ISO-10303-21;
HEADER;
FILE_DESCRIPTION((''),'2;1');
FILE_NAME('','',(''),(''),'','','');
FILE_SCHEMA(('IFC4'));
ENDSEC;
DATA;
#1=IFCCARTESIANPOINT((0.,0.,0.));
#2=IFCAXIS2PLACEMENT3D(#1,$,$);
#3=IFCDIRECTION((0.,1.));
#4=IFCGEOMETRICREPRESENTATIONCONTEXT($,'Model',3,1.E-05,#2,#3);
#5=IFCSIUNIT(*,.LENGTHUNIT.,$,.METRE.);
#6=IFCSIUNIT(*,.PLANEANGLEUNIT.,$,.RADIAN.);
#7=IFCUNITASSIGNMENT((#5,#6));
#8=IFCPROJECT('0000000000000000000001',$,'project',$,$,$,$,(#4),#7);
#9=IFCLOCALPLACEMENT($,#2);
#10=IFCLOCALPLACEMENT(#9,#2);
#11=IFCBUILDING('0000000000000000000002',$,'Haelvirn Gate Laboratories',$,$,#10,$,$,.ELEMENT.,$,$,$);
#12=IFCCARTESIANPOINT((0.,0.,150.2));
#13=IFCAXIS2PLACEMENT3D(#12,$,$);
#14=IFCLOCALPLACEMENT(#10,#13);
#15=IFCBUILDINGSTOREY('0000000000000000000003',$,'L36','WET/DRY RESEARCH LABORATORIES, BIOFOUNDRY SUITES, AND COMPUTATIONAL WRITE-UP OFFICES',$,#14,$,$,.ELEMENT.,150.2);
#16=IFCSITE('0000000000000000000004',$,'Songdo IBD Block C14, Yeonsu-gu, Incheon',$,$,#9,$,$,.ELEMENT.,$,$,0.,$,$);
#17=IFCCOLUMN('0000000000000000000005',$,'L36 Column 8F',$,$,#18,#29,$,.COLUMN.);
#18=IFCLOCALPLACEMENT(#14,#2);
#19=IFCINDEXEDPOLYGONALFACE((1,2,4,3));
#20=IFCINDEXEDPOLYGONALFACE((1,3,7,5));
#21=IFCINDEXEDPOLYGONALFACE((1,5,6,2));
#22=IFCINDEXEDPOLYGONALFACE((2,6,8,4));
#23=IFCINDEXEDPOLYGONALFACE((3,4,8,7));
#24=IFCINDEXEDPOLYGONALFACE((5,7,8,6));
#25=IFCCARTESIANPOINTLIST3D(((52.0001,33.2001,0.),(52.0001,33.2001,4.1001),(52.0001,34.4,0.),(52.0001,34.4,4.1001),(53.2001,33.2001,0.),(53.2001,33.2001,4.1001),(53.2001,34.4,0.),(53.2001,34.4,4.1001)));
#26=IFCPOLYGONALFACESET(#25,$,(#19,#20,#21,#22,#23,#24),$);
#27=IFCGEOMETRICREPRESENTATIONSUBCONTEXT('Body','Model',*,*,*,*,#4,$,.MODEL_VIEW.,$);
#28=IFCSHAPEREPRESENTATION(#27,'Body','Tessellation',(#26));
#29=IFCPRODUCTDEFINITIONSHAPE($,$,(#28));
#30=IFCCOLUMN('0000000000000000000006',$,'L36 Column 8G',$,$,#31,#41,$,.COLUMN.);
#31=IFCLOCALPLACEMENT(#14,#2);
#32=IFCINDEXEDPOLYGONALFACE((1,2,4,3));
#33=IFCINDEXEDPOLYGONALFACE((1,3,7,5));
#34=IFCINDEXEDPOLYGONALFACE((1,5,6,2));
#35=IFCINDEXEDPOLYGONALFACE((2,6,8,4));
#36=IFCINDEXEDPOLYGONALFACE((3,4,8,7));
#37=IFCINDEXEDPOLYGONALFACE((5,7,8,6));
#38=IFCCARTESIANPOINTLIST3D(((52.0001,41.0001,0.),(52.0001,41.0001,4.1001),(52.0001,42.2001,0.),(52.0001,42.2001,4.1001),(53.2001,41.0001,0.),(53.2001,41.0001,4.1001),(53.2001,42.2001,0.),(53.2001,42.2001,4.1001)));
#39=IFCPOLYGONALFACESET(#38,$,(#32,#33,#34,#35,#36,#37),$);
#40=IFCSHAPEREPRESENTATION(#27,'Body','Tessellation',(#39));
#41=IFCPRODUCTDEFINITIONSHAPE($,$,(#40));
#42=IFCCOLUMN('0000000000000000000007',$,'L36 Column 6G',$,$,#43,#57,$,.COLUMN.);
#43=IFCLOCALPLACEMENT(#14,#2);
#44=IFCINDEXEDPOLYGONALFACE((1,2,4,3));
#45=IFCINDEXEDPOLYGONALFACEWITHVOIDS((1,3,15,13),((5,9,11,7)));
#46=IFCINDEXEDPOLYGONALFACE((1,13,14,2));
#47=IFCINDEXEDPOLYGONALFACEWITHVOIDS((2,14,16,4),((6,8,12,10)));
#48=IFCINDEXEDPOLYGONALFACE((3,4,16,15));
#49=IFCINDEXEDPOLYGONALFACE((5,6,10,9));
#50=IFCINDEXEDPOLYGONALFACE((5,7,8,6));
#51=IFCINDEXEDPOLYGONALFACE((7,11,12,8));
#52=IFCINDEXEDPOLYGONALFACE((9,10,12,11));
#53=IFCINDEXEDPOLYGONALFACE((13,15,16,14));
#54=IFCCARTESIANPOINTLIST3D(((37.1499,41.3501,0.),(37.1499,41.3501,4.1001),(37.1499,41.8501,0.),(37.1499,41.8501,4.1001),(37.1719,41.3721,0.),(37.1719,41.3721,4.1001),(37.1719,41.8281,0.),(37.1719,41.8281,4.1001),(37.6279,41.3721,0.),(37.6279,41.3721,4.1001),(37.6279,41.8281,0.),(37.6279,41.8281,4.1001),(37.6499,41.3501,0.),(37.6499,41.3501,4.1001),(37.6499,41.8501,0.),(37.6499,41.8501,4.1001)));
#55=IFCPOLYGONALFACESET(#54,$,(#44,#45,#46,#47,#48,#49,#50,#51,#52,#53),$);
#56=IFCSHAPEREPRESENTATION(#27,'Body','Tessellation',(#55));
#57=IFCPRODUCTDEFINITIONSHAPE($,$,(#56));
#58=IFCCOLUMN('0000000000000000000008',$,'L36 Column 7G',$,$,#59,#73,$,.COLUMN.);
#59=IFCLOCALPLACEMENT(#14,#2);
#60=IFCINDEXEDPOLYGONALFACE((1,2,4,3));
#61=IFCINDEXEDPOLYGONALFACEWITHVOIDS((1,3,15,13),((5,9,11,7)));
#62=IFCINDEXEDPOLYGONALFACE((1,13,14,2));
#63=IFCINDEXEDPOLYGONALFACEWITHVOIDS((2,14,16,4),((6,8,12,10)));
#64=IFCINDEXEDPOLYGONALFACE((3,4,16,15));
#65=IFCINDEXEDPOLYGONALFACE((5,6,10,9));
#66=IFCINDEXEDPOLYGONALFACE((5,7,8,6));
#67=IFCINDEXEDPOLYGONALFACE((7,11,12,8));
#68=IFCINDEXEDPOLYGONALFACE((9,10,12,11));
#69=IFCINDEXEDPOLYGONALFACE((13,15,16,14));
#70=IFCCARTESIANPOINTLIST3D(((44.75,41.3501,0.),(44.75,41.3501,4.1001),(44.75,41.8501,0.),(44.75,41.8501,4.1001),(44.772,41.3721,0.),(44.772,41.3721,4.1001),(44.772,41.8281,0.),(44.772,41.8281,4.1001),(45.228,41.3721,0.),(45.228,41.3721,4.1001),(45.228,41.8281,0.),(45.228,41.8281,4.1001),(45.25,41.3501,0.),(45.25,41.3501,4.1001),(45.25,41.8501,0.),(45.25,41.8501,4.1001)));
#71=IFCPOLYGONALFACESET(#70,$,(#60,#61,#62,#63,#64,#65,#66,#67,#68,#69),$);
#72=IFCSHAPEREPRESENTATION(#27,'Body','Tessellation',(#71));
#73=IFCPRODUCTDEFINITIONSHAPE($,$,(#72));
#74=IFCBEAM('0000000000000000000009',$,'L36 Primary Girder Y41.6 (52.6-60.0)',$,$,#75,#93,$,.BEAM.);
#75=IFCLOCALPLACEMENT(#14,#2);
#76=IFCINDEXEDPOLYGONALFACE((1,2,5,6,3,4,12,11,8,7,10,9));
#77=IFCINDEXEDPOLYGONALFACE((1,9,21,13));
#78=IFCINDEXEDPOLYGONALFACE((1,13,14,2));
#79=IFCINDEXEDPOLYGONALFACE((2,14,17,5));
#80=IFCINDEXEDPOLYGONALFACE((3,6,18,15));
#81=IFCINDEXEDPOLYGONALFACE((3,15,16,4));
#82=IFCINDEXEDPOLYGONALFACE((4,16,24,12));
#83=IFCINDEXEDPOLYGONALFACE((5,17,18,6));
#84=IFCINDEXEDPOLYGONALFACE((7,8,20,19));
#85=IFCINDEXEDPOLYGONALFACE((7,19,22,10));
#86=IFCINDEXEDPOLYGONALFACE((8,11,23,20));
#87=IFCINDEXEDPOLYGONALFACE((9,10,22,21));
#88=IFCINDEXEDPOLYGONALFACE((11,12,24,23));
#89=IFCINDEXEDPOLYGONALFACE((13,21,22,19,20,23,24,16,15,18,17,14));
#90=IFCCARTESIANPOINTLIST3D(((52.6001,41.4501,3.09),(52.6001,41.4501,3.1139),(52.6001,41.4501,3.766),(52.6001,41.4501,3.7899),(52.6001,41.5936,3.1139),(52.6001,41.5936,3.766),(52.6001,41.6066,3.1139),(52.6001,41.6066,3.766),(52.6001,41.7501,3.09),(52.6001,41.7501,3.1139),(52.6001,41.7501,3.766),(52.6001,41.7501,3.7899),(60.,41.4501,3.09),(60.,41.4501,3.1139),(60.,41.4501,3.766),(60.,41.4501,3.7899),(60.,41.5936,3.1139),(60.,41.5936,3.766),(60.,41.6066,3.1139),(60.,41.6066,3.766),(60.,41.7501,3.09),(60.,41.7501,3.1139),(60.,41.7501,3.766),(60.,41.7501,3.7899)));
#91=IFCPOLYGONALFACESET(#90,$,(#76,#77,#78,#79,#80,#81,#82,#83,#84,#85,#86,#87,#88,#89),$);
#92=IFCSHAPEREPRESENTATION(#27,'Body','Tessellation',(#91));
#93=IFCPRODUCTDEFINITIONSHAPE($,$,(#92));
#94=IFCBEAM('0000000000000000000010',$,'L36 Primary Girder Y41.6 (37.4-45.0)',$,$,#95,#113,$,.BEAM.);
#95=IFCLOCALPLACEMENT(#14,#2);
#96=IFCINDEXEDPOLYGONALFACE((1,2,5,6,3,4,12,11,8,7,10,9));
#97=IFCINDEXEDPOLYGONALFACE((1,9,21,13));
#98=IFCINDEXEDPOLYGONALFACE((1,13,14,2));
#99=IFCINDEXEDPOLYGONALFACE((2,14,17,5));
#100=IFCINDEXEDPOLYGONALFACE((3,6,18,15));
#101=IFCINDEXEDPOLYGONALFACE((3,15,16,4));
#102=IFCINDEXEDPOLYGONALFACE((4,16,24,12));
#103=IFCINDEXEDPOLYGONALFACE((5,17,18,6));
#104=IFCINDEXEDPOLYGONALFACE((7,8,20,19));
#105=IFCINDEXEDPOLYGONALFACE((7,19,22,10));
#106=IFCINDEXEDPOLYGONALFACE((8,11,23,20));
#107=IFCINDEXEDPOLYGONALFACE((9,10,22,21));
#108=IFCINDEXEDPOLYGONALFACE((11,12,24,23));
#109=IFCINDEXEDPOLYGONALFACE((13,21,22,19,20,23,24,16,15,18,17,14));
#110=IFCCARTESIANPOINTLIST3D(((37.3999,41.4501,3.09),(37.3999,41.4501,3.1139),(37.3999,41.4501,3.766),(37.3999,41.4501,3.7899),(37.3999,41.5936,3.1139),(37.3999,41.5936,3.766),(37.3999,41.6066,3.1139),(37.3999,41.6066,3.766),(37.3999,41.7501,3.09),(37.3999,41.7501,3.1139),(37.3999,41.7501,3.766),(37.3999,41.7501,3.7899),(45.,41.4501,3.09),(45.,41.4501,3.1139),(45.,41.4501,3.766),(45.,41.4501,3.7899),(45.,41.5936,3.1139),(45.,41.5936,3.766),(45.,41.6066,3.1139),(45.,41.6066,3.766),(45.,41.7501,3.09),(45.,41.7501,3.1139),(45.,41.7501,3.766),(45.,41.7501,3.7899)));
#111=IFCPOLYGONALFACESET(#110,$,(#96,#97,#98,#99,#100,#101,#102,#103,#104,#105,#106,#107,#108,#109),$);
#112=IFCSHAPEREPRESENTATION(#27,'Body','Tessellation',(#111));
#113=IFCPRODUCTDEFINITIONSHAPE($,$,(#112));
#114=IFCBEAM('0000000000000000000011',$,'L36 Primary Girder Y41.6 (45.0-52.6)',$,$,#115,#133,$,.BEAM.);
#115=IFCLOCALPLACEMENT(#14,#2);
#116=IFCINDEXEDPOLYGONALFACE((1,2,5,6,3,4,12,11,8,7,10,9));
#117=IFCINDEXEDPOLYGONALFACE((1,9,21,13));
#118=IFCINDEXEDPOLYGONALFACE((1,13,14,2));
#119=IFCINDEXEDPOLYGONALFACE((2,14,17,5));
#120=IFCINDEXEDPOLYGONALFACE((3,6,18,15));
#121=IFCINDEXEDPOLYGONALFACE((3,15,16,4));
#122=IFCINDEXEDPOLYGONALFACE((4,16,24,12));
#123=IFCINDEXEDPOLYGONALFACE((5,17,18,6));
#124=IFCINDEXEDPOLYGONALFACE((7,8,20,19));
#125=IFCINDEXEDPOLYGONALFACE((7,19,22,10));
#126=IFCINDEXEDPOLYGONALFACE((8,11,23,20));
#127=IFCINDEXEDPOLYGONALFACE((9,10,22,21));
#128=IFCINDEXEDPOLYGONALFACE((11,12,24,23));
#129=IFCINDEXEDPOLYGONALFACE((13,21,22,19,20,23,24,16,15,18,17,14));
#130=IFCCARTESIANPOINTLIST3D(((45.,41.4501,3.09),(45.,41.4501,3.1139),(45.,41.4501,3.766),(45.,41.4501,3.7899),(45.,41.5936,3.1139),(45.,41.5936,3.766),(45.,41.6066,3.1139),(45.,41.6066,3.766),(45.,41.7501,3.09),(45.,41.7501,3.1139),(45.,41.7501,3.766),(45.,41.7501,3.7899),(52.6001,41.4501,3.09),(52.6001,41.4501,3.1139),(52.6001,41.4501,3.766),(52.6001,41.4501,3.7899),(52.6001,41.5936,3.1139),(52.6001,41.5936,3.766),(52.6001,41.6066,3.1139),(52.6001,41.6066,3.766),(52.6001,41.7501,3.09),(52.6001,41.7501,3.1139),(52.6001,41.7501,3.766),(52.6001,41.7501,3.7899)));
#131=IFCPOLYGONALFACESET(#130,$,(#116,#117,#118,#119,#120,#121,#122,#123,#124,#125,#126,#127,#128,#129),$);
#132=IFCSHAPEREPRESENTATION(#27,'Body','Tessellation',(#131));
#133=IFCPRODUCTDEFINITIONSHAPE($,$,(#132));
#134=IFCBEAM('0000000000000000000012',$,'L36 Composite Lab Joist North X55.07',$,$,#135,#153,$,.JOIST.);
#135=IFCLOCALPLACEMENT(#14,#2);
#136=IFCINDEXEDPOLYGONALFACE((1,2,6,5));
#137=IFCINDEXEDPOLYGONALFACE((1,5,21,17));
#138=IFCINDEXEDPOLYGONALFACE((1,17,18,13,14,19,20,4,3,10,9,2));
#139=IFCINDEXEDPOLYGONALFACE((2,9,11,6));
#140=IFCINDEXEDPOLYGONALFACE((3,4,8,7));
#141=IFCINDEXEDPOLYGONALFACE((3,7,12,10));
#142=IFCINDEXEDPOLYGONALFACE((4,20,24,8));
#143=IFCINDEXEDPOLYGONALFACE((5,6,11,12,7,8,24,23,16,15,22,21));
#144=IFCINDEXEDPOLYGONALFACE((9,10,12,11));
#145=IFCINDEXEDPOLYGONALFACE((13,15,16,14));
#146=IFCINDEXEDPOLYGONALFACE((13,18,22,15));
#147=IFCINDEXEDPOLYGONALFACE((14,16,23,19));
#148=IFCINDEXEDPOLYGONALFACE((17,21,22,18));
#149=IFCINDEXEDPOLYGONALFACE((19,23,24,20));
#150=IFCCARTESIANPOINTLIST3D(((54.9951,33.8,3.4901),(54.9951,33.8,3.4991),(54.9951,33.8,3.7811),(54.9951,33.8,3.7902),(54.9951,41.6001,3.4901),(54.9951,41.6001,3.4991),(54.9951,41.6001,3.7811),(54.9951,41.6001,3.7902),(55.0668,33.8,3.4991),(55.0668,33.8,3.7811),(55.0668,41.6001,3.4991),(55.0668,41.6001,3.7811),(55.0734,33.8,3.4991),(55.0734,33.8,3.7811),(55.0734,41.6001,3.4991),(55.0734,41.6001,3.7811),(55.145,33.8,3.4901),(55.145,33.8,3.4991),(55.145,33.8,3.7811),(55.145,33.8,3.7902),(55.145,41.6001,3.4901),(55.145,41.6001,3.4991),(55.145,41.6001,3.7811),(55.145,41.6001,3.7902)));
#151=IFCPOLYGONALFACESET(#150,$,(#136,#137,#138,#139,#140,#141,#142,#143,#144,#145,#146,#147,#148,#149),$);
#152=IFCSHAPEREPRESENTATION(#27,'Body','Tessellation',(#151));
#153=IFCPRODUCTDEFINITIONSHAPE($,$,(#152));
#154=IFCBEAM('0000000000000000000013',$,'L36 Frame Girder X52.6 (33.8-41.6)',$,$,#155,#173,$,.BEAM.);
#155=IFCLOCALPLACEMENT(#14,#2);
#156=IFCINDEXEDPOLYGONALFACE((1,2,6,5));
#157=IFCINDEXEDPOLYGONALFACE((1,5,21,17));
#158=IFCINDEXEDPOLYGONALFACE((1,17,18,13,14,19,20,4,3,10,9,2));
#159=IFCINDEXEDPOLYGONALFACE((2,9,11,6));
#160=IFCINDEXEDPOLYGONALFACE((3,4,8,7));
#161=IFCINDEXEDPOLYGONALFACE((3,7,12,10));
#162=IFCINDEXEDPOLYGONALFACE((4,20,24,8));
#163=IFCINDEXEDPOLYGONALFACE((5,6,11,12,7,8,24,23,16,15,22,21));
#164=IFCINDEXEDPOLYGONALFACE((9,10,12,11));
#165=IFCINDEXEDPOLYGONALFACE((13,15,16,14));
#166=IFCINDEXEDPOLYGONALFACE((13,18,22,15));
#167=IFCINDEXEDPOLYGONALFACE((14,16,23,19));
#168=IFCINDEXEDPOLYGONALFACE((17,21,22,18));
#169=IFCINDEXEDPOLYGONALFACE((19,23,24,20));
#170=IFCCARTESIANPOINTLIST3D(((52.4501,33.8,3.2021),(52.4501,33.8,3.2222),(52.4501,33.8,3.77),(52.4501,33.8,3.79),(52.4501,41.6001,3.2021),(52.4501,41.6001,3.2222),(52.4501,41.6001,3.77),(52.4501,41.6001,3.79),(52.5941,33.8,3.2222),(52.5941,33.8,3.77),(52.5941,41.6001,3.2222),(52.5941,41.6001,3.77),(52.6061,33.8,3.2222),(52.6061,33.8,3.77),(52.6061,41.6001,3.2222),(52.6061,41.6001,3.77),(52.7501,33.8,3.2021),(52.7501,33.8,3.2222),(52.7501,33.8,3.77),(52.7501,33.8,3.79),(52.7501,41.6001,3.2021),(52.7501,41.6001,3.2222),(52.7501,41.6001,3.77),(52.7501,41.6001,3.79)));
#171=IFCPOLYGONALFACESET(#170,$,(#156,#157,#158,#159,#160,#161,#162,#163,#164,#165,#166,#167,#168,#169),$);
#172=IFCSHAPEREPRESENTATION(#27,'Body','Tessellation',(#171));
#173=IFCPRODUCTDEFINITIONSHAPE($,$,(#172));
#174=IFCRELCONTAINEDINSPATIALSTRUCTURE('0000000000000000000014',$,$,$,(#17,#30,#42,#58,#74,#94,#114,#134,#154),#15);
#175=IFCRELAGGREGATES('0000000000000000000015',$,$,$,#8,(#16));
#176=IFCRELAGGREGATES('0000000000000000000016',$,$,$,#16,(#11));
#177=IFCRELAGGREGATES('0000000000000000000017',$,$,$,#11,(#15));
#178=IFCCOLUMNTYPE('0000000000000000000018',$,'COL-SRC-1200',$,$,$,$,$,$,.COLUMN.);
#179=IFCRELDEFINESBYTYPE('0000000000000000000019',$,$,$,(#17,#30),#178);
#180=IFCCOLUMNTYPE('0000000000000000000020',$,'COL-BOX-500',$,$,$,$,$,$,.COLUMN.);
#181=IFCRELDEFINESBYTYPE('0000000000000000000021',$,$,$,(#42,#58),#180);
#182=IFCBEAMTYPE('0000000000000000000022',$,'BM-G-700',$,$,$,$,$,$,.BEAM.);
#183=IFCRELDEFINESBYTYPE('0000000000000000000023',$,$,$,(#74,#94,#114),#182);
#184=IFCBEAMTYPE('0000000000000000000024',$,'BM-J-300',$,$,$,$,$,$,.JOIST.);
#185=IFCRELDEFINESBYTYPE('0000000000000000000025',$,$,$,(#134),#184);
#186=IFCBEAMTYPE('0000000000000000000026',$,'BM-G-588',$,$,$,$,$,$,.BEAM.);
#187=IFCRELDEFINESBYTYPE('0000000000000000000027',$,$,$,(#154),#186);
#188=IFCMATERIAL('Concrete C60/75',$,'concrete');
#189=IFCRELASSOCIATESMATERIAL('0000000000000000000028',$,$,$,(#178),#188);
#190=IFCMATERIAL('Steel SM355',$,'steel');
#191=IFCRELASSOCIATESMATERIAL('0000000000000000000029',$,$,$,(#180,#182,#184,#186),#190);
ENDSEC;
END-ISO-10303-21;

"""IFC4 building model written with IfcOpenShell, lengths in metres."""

from ifc_helpers import new_model, si_unit, direction, frame, origin, origin_2d, place, context, subcontext, project, spatial, rectangle, hollow_rectangle, i_section, extrude, source, transform, mapped, material, material_profile, profile_set, type_object, type_shapes, element, save


model = new_model("IFC4")

# Units and contexts
model_context = context("Model", 3, precision=1e-05, world=origin(), true_north=direction((0.0, 1.0)))
body_context = subcontext(model_context, "Body", "Model", "MODEL_VIEW")
ifc_project = project(units=[si_unit("LENGTHUNIT", "METRE"), si_unit("PLANEANGLEUNIT", "RADIAN")], contexts=[model_context])

# Site, building, storey
site_placement = place(None, origin())
site = spatial("IfcSite", under=ifc_project, at=site_placement, Name="Songdo IBD Block C14, Yeonsu-gu, Incheon", CompositionType="ELEMENT", RefElevation=0.0)
building_placement = place(site_placement, origin())
building = spatial("IfcBuilding", under=site, at=building_placement, Name="Haelvirn Gate Laboratories", CompositionType="ELEMENT")
storey_placement = place(building_placement, frame((0.0, 0.0, 150.2)))
storey = spatial("IfcBuildingStorey", under=building, at=storey_placement, Name="L36", Description="WET/DRY RESEARCH LABORATORIES, BIOFOUNDRY SUITES, AND COMPUTATIONAL WRITE-UP OFFICES", CompositionType="ELEMENT", Elevation=150.2)

# Columns
ifc_material_1 = material(Name="Concrete C60/75", Category="concrete")
ifc_material_profile_1 = material_profile(ifc_material_1, rectangle(XDim=1.2, YDim=1.2, at=origin_2d()), Name="SRC-1200x1200")
ifc_profile_set_1 = profile_set([ifc_material_profile_1], Name="Concrete C60/75")
column_type_1 = type_object("IfcColumnType", Name="COL-SRC-1200", PredefinedType="COLUMN", material=ifc_profile_set_1)
shared_shape_1 = source(origin(), body_context, "Body", "SweptSolid", [
    extrude(rectangle(XDim=1.2, YDim=1.2, at=origin_2d()), origin(), (0.0, 0.0, 1.0), 4.1001),
])
type_shapes(column_type_1, [shared_shape_1])
for number, where, z_axis, x_axis, name in (
    (1, (52.6001, 33.8, 0.0), (0.0, 0.0, 1.0), (1.0, 0.0, 0.0), "L36 Column 8F"),
    (2, (52.6001, 41.6001, 0.0), (0.0, 0.0, 1.0), (1.0, 0.0, 0.0), "L36 Column 8G"),
):
    element("IfcColumn", number, at=place(storey_placement, frame(where, z_axis=z_axis, x_axis=x_axis)), inside=storey, type_object=column_type_1, Name=name, PredefinedType="COLUMN", context=body_context, shape_type="MappedRepresentation", body=[
        mapped(shared_shape_1, transform((0.0, 0.0, 0.0), scale=1.0)),
    ])
ifc_material_2 = material(Name="Steel SM355", Category="steel")
ifc_material_profile_2 = material_profile(ifc_material_2, hollow_rectangle(XDim=0.5, YDim=0.5, WallThickness=0.022, at=origin_2d()), Name="BOX-500x500x22")
ifc_profile_set_2 = profile_set([ifc_material_profile_2], Name="Steel SM355")
column_type_2 = type_object("IfcColumnType", Name="COL-BOX-500", PredefinedType="COLUMN", material=ifc_profile_set_2)
shared_shape_2 = source(origin(), body_context, "Body", "SweptSolid", [
    extrude(hollow_rectangle(XDim=0.5, YDim=0.5, WallThickness=0.022, at=origin_2d()), origin(), (0.0, 0.0, 1.0), 4.1001),
])
type_shapes(column_type_2, [shared_shape_2])
for number, where, z_axis, x_axis, name in (
    (3, (37.3999, 41.6001, 0.0), (0.0, 0.0, 1.0), (1.0, 0.0, 0.0), "L36 Column 6G"),
    (4, (45.0, 41.6001, 0.0), (0.0, 0.0, 1.0), (1.0, 0.0, 0.0), "L36 Column 7G"),
):
    element("IfcColumn", number, at=place(storey_placement, frame(where, z_axis=z_axis, x_axis=x_axis)), inside=storey, type_object=column_type_2, Name=name, PredefinedType="COLUMN", context=body_context, shape_type="MappedRepresentation", body=[
        mapped(shared_shape_2, transform((0.0, 0.0, 0.0), scale=1.0)),
    ])

# Beams
ifc_material_profile_3 = material_profile(ifc_material_2, i_section(OverallWidth=0.3, OverallDepth=0.7, WebThickness=0.0129, FlangeThickness=0.0239, at=origin_2d()), Name="H-700x300x13x24")
ifc_profile_set_3 = profile_set([ifc_material_profile_3], Name="Steel SM355")
beam_type_1 = type_object("IfcBeamType", Name="BM-G-700", PredefinedType="BEAM", material=ifc_profile_set_3)
shared_shape_3 = source(origin(), body_context, "Body", "SweptSolid", [
    extrude(i_section(OverallWidth=0.3, OverallDepth=0.7, WebThickness=0.0129, FlangeThickness=0.0239, at=origin_2d()), origin(), (0.0, 0.0, 1.0), 7.3999),
])
beam_1_placement = place(storey_placement, frame((52.6001, 41.6001, 3.4399), z_axis=(1.0, 0.0, 0.0), x_axis=(0.0, 1.0, 0.0)))
element("IfcBeam", 5, at=beam_1_placement, inside=storey, type_object=beam_type_1, Name="L36 Primary Girder Y41.6 (52.6-60.0)", PredefinedType="BEAM", context=body_context, shape_type="MappedRepresentation", body=[
    mapped(shared_shape_3, transform((0.0, 0.0, 0.0), scale=1.0)),
])
shared_shape_4 = source(origin(), body_context, "Body", "SweptSolid", [
    extrude(i_section(OverallWidth=0.3, OverallDepth=0.7, WebThickness=0.0129, FlangeThickness=0.0239, at=origin_2d()), origin(), (0.0, 0.0, 1.0), 7.6001),
])
type_shapes(beam_type_1, [shared_shape_3, shared_shape_4])
for number, where, z_axis, x_axis, name in (
    (6, (37.3999, 41.6001, 3.4399), (1.0, 0.0, 0.0), (0.0, 1.0, 0.0), "L36 Primary Girder Y41.6 (37.4-45.0)"),
    (7, (45.0, 41.6001, 3.4399), (1.0, 0.0, 0.0), (0.0, 1.0, 0.0), "L36 Primary Girder Y41.6 (45.0-52.6)"),
):
    element("IfcBeam", number, at=place(storey_placement, frame(where, z_axis=z_axis, x_axis=x_axis)), inside=storey, type_object=beam_type_1, Name=name, PredefinedType="BEAM", context=body_context, shape_type="MappedRepresentation", body=[
        mapped(shared_shape_4, transform((0.0, 0.0, 0.0), scale=1.0)),
    ])
ifc_material_profile_4 = material_profile(ifc_material_2, i_section(OverallWidth=0.1499, OverallDepth=0.3, WebThickness=0.0066, FlangeThickness=0.009, at=origin_2d()), Name="H-300x150x6.5x9")
ifc_profile_set_4 = profile_set([ifc_material_profile_4], Name="Steel SM355")
beam_type_2 = type_object("IfcBeamType", Name="BM-J-300", PredefinedType="JOIST", material=ifc_profile_set_4)
shared_shape_5 = source(origin(), body_context, "Body", "SweptSolid", [
    extrude(i_section(OverallWidth=0.1499, OverallDepth=0.3, WebThickness=0.0066, FlangeThickness=0.009, at=origin_2d()), origin(), (0.0, 0.0, 1.0), 7.8),
])
type_shapes(beam_type_2, [shared_shape_5])
beam_2_placement = place(storey_placement, frame((55.0701, 33.8, 3.6401), z_axis=(0.0, 1.0, 0.0), x_axis=(-1.0, 0.0, 0.0)))
element("IfcBeam", 8, at=beam_2_placement, inside=storey, type_object=beam_type_2, Name="L36 Composite Lab Joist North X55.07", PredefinedType="JOIST", context=body_context, shape_type="MappedRepresentation", body=[
    mapped(shared_shape_5, transform((0.0, 0.0, 0.0), scale=1.0)),
])
ifc_material_profile_5 = material_profile(ifc_material_2, i_section(OverallWidth=0.3, OverallDepth=0.5879, WebThickness=0.012, FlangeThickness=0.02, at=origin_2d()), Name="H-588x300x12x20")
ifc_profile_set_5 = profile_set([ifc_material_profile_5], Name="Steel SM355")
beam_type_3 = type_object("IfcBeamType", Name="BM-G-588", PredefinedType="BEAM", material=ifc_profile_set_5)
shared_shape_6 = source(origin(), body_context, "Body", "SweptSolid", [
    extrude(i_section(OverallWidth=0.3, OverallDepth=0.5879, WebThickness=0.012, FlangeThickness=0.02, at=origin_2d()), origin(), (0.0, 0.0, 1.0), 7.8),
])
type_shapes(beam_type_3, [shared_shape_6])
beam_3_placement = place(storey_placement, frame((52.6001, 33.8, 3.4961), z_axis=(0.0, 1.0, 0.0), x_axis=(-1.0, 0.0, 0.0)))
element("IfcBeam", 9, at=beam_3_placement, inside=storey, type_object=beam_type_3, Name="L36 Frame Girder X52.6 (33.8-41.6)", PredefinedType="BEAM", context=body_context, shape_type="MappedRepresentation", body=[
    mapped(shared_shape_6, transform((0.0, 0.0, 0.0), scale=1.0)),
])

save(model, "model.ifc")
